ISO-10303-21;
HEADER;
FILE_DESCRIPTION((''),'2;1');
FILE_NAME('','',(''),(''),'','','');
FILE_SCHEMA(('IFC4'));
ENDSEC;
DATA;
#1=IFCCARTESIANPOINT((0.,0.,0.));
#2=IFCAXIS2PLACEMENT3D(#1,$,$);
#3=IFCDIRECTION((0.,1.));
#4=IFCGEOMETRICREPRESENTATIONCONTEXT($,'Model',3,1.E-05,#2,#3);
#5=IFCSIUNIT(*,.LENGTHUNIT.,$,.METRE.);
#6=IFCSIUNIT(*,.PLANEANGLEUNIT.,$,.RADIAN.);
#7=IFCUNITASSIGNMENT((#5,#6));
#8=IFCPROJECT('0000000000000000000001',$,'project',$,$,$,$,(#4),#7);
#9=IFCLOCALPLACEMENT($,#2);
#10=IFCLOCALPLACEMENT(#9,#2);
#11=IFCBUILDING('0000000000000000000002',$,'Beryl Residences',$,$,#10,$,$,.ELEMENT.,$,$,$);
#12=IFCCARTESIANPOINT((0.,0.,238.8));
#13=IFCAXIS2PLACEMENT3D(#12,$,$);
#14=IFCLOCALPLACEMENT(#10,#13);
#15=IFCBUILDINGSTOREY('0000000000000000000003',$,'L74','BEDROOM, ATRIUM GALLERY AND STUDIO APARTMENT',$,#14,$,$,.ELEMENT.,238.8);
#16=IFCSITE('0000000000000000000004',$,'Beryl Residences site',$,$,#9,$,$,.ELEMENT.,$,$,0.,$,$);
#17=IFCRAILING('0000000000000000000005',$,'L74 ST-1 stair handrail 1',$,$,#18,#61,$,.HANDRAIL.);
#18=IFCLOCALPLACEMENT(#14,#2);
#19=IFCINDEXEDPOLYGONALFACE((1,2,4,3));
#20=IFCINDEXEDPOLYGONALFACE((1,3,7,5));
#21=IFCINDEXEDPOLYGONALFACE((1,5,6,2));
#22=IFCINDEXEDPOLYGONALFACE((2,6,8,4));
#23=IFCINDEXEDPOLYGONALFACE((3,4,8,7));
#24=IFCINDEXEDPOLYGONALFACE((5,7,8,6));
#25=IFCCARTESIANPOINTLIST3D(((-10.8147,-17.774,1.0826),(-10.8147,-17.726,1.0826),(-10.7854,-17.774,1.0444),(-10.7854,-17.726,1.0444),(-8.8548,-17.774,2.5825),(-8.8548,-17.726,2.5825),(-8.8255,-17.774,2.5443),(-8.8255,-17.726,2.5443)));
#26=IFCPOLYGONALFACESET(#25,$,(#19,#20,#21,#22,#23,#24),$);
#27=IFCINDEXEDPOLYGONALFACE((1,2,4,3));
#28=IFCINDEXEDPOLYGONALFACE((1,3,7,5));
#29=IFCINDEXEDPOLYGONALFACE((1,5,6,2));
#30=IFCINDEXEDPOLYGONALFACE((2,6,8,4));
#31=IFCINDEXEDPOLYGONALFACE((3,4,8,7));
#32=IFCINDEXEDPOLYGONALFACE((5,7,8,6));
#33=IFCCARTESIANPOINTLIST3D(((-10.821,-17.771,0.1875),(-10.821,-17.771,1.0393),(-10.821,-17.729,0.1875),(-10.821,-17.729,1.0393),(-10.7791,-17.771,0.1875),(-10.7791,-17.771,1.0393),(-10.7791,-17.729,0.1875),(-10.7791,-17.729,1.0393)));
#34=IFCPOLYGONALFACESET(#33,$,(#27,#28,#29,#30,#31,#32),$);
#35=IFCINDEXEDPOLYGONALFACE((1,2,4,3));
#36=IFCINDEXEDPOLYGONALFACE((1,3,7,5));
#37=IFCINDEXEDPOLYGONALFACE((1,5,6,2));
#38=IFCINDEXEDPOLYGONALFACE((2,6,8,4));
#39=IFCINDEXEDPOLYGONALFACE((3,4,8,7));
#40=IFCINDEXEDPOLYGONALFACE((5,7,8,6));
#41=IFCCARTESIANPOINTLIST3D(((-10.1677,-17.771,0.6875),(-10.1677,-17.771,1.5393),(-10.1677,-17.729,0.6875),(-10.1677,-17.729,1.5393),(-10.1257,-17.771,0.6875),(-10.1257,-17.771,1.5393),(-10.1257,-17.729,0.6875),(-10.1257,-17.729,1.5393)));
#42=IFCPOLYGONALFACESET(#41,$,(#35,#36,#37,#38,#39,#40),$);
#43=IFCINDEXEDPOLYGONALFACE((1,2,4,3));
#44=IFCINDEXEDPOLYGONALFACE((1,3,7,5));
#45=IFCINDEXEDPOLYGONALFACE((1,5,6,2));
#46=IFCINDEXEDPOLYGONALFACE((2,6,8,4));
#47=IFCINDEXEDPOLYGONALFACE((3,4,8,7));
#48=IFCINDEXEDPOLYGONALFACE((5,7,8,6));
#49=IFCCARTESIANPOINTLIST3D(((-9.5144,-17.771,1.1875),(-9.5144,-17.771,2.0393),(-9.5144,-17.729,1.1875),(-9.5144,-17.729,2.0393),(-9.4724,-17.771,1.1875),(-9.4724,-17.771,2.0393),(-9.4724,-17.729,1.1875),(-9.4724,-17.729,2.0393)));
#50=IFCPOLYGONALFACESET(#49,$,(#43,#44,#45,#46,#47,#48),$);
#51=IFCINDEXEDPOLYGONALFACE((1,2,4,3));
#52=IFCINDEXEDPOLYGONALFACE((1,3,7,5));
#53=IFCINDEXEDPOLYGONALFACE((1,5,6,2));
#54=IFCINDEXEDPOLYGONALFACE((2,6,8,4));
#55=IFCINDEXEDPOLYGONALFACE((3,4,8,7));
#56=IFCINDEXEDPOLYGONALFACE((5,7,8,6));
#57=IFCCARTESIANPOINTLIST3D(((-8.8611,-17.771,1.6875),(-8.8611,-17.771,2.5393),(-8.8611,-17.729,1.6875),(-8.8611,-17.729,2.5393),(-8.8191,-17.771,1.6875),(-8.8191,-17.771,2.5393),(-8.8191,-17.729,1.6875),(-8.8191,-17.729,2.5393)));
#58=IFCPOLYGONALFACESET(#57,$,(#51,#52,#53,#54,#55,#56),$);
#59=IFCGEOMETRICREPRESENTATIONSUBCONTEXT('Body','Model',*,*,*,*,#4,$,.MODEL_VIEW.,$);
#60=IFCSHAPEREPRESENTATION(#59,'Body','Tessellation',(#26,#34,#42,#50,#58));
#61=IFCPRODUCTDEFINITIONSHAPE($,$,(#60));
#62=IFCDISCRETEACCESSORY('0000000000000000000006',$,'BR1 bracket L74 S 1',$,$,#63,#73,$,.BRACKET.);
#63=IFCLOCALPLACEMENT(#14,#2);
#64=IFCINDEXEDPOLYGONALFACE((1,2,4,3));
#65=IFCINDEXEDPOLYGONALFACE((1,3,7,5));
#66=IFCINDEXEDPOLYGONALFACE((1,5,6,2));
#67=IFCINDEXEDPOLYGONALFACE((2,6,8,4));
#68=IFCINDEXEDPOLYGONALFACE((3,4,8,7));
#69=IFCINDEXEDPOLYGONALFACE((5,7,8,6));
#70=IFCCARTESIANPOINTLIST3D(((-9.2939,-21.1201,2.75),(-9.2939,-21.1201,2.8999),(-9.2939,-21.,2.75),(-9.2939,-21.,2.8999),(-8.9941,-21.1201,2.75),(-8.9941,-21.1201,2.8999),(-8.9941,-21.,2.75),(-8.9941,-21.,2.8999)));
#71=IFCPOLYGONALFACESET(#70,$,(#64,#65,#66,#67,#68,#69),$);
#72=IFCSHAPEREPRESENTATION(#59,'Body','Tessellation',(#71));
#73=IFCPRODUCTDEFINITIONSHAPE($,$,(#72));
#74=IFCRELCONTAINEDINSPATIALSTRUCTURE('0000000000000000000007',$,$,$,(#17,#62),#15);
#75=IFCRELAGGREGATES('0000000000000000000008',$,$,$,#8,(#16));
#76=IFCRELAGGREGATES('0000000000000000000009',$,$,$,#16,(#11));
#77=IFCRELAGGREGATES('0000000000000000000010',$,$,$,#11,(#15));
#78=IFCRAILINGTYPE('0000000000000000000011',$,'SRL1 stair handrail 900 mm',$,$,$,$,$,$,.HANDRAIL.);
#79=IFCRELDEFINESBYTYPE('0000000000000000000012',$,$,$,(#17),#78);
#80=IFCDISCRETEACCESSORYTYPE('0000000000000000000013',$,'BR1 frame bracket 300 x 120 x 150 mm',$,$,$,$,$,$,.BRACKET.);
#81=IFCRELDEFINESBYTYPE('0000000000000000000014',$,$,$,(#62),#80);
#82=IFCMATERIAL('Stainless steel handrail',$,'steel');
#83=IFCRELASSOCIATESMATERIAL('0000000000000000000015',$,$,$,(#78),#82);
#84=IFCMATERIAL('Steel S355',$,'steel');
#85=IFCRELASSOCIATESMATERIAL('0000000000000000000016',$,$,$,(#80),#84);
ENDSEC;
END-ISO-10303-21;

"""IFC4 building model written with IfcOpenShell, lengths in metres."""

from ifc_helpers import new_model, si_unit, direction, frame, origin, origin_2d, place, context, subcontext, project, spatial, polyline, rectangle, outline, extrude, source, transform, mapped, material, type_object, type_shapes, element, save


model = new_model("IFC4")

# Units and contexts
model_context = context("Model", 3, precision=1e-05, world=origin(), true_north=direction((0.0, 1.0)))
body_context = subcontext(model_context, "Body", "Model", "MODEL_VIEW")
ifc_project = project(units=[si_unit("LENGTHUNIT", "METRE"), si_unit("PLANEANGLEUNIT", "RADIAN")], contexts=[model_context])

# Site, building, storey
site_placement = place(None, origin())
site = spatial("IfcSite", under=ifc_project, at=site_placement, Name="Beryl Residences site", CompositionType="ELEMENT", RefElevation=0.0)
building_placement = place(site_placement, origin())
building = spatial("IfcBuilding", under=site, at=building_placement, Name="Beryl Residences", CompositionType="ELEMENT")
storey_placement = place(building_placement, frame((0.0, 0.0, 238.8)))
storey = spatial("IfcBuildingStorey", under=building, at=storey_placement, Name="L74", Description="BEDROOM, ATRIUM GALLERY AND STUDIO APARTMENT", CompositionType="ELEMENT", Elevation=238.8)

# Railing
ifc_material_1 = material(Name="Stainless steel handrail", Category="steel")
railing_type_1 = type_object("IfcRailingType", Name="SRL1 stair handrail 900 mm", PredefinedType="HANDRAIL", material=ifc_material_1)
railing_1_placement = place(storey_placement, frame((-10.8, -17.75, 0.1875)))
element("IfcRailing", 1, at=railing_1_placement, inside=storey, type_object=railing_type_1, Name="L74 ST-1 stair handrail 1", PredefinedType="HANDRAIL", context=body_context, shape_type="SweptSolid", body=[
    extrude(rectangle(XDim=0.0481, YDim=0.0481, at=origin_2d()), frame((0.0, 0.0, 0.876), z_axis=(0.794122, 0.0, 0.607758), x_axis=(0.0, 1.0, 0.0)), (0.0, 0.0, 1.0), 2.468),
    extrude(rectangle(XDim=0.042, YDim=0.042, at=origin_2d()), origin(), (0.0, 0.0, 1.0), 0.8518),
    extrude(rectangle(XDim=0.042, YDim=0.042, at=origin_2d()), frame((0.6533, 0.0, 0.5)), (0.0, 0.0, 1.0), 0.8518),
    extrude(rectangle(XDim=0.042, YDim=0.042, at=origin_2d()), frame((1.3066, 0.0, 1.0)), (0.0, 0.0, 1.0), 0.8518),
    extrude(rectangle(XDim=0.042, YDim=0.042, at=origin_2d()), frame((1.96, 0.0, 1.5)), (0.0, 0.0, 1.0), 0.8518),
])

# Discrete accessory
ifc_material_2 = material(Name="Steel S355", Category="steel")
discrete_accessory_type = type_object("IfcDiscreteAccessoryType", Name="BR1 frame bracket 300 x 120 x 150 mm", PredefinedType="BRACKET", material=ifc_material_2)
shared_shape_1 = source(origin(), body_context, "Body", "SweptSolid", [
    extrude(outline(polyline([(-0.1499, 0.0), (0.1499, 0.0), (0.1499, 0.1201), (-0.1499, 0.1201), (-0.1499, 0.0)])), origin(), (0.0, 0.0, 1.0), 0.1499),
])
type_shapes(discrete_accessory_type, [shared_shape_1])
discrete_accessory_placement = place(storey_placement, frame((-9.144, -21.0, 2.75), z_axis=(0.0, 0.0, 1.0), x_axis=(-1.0, 0.0, 0.0)))
element("IfcDiscreteAccessory", 2, at=discrete_accessory_placement, inside=storey, type_object=discrete_accessory_type, Name="BR1 bracket L74 S 1", PredefinedType="BRACKET", context=body_context, shape_type="MappedRepresentation", body=[
    mapped(shared_shape_1, transform((0.0, 0.0, 0.0))),
])

save(model, "model.ifc")
